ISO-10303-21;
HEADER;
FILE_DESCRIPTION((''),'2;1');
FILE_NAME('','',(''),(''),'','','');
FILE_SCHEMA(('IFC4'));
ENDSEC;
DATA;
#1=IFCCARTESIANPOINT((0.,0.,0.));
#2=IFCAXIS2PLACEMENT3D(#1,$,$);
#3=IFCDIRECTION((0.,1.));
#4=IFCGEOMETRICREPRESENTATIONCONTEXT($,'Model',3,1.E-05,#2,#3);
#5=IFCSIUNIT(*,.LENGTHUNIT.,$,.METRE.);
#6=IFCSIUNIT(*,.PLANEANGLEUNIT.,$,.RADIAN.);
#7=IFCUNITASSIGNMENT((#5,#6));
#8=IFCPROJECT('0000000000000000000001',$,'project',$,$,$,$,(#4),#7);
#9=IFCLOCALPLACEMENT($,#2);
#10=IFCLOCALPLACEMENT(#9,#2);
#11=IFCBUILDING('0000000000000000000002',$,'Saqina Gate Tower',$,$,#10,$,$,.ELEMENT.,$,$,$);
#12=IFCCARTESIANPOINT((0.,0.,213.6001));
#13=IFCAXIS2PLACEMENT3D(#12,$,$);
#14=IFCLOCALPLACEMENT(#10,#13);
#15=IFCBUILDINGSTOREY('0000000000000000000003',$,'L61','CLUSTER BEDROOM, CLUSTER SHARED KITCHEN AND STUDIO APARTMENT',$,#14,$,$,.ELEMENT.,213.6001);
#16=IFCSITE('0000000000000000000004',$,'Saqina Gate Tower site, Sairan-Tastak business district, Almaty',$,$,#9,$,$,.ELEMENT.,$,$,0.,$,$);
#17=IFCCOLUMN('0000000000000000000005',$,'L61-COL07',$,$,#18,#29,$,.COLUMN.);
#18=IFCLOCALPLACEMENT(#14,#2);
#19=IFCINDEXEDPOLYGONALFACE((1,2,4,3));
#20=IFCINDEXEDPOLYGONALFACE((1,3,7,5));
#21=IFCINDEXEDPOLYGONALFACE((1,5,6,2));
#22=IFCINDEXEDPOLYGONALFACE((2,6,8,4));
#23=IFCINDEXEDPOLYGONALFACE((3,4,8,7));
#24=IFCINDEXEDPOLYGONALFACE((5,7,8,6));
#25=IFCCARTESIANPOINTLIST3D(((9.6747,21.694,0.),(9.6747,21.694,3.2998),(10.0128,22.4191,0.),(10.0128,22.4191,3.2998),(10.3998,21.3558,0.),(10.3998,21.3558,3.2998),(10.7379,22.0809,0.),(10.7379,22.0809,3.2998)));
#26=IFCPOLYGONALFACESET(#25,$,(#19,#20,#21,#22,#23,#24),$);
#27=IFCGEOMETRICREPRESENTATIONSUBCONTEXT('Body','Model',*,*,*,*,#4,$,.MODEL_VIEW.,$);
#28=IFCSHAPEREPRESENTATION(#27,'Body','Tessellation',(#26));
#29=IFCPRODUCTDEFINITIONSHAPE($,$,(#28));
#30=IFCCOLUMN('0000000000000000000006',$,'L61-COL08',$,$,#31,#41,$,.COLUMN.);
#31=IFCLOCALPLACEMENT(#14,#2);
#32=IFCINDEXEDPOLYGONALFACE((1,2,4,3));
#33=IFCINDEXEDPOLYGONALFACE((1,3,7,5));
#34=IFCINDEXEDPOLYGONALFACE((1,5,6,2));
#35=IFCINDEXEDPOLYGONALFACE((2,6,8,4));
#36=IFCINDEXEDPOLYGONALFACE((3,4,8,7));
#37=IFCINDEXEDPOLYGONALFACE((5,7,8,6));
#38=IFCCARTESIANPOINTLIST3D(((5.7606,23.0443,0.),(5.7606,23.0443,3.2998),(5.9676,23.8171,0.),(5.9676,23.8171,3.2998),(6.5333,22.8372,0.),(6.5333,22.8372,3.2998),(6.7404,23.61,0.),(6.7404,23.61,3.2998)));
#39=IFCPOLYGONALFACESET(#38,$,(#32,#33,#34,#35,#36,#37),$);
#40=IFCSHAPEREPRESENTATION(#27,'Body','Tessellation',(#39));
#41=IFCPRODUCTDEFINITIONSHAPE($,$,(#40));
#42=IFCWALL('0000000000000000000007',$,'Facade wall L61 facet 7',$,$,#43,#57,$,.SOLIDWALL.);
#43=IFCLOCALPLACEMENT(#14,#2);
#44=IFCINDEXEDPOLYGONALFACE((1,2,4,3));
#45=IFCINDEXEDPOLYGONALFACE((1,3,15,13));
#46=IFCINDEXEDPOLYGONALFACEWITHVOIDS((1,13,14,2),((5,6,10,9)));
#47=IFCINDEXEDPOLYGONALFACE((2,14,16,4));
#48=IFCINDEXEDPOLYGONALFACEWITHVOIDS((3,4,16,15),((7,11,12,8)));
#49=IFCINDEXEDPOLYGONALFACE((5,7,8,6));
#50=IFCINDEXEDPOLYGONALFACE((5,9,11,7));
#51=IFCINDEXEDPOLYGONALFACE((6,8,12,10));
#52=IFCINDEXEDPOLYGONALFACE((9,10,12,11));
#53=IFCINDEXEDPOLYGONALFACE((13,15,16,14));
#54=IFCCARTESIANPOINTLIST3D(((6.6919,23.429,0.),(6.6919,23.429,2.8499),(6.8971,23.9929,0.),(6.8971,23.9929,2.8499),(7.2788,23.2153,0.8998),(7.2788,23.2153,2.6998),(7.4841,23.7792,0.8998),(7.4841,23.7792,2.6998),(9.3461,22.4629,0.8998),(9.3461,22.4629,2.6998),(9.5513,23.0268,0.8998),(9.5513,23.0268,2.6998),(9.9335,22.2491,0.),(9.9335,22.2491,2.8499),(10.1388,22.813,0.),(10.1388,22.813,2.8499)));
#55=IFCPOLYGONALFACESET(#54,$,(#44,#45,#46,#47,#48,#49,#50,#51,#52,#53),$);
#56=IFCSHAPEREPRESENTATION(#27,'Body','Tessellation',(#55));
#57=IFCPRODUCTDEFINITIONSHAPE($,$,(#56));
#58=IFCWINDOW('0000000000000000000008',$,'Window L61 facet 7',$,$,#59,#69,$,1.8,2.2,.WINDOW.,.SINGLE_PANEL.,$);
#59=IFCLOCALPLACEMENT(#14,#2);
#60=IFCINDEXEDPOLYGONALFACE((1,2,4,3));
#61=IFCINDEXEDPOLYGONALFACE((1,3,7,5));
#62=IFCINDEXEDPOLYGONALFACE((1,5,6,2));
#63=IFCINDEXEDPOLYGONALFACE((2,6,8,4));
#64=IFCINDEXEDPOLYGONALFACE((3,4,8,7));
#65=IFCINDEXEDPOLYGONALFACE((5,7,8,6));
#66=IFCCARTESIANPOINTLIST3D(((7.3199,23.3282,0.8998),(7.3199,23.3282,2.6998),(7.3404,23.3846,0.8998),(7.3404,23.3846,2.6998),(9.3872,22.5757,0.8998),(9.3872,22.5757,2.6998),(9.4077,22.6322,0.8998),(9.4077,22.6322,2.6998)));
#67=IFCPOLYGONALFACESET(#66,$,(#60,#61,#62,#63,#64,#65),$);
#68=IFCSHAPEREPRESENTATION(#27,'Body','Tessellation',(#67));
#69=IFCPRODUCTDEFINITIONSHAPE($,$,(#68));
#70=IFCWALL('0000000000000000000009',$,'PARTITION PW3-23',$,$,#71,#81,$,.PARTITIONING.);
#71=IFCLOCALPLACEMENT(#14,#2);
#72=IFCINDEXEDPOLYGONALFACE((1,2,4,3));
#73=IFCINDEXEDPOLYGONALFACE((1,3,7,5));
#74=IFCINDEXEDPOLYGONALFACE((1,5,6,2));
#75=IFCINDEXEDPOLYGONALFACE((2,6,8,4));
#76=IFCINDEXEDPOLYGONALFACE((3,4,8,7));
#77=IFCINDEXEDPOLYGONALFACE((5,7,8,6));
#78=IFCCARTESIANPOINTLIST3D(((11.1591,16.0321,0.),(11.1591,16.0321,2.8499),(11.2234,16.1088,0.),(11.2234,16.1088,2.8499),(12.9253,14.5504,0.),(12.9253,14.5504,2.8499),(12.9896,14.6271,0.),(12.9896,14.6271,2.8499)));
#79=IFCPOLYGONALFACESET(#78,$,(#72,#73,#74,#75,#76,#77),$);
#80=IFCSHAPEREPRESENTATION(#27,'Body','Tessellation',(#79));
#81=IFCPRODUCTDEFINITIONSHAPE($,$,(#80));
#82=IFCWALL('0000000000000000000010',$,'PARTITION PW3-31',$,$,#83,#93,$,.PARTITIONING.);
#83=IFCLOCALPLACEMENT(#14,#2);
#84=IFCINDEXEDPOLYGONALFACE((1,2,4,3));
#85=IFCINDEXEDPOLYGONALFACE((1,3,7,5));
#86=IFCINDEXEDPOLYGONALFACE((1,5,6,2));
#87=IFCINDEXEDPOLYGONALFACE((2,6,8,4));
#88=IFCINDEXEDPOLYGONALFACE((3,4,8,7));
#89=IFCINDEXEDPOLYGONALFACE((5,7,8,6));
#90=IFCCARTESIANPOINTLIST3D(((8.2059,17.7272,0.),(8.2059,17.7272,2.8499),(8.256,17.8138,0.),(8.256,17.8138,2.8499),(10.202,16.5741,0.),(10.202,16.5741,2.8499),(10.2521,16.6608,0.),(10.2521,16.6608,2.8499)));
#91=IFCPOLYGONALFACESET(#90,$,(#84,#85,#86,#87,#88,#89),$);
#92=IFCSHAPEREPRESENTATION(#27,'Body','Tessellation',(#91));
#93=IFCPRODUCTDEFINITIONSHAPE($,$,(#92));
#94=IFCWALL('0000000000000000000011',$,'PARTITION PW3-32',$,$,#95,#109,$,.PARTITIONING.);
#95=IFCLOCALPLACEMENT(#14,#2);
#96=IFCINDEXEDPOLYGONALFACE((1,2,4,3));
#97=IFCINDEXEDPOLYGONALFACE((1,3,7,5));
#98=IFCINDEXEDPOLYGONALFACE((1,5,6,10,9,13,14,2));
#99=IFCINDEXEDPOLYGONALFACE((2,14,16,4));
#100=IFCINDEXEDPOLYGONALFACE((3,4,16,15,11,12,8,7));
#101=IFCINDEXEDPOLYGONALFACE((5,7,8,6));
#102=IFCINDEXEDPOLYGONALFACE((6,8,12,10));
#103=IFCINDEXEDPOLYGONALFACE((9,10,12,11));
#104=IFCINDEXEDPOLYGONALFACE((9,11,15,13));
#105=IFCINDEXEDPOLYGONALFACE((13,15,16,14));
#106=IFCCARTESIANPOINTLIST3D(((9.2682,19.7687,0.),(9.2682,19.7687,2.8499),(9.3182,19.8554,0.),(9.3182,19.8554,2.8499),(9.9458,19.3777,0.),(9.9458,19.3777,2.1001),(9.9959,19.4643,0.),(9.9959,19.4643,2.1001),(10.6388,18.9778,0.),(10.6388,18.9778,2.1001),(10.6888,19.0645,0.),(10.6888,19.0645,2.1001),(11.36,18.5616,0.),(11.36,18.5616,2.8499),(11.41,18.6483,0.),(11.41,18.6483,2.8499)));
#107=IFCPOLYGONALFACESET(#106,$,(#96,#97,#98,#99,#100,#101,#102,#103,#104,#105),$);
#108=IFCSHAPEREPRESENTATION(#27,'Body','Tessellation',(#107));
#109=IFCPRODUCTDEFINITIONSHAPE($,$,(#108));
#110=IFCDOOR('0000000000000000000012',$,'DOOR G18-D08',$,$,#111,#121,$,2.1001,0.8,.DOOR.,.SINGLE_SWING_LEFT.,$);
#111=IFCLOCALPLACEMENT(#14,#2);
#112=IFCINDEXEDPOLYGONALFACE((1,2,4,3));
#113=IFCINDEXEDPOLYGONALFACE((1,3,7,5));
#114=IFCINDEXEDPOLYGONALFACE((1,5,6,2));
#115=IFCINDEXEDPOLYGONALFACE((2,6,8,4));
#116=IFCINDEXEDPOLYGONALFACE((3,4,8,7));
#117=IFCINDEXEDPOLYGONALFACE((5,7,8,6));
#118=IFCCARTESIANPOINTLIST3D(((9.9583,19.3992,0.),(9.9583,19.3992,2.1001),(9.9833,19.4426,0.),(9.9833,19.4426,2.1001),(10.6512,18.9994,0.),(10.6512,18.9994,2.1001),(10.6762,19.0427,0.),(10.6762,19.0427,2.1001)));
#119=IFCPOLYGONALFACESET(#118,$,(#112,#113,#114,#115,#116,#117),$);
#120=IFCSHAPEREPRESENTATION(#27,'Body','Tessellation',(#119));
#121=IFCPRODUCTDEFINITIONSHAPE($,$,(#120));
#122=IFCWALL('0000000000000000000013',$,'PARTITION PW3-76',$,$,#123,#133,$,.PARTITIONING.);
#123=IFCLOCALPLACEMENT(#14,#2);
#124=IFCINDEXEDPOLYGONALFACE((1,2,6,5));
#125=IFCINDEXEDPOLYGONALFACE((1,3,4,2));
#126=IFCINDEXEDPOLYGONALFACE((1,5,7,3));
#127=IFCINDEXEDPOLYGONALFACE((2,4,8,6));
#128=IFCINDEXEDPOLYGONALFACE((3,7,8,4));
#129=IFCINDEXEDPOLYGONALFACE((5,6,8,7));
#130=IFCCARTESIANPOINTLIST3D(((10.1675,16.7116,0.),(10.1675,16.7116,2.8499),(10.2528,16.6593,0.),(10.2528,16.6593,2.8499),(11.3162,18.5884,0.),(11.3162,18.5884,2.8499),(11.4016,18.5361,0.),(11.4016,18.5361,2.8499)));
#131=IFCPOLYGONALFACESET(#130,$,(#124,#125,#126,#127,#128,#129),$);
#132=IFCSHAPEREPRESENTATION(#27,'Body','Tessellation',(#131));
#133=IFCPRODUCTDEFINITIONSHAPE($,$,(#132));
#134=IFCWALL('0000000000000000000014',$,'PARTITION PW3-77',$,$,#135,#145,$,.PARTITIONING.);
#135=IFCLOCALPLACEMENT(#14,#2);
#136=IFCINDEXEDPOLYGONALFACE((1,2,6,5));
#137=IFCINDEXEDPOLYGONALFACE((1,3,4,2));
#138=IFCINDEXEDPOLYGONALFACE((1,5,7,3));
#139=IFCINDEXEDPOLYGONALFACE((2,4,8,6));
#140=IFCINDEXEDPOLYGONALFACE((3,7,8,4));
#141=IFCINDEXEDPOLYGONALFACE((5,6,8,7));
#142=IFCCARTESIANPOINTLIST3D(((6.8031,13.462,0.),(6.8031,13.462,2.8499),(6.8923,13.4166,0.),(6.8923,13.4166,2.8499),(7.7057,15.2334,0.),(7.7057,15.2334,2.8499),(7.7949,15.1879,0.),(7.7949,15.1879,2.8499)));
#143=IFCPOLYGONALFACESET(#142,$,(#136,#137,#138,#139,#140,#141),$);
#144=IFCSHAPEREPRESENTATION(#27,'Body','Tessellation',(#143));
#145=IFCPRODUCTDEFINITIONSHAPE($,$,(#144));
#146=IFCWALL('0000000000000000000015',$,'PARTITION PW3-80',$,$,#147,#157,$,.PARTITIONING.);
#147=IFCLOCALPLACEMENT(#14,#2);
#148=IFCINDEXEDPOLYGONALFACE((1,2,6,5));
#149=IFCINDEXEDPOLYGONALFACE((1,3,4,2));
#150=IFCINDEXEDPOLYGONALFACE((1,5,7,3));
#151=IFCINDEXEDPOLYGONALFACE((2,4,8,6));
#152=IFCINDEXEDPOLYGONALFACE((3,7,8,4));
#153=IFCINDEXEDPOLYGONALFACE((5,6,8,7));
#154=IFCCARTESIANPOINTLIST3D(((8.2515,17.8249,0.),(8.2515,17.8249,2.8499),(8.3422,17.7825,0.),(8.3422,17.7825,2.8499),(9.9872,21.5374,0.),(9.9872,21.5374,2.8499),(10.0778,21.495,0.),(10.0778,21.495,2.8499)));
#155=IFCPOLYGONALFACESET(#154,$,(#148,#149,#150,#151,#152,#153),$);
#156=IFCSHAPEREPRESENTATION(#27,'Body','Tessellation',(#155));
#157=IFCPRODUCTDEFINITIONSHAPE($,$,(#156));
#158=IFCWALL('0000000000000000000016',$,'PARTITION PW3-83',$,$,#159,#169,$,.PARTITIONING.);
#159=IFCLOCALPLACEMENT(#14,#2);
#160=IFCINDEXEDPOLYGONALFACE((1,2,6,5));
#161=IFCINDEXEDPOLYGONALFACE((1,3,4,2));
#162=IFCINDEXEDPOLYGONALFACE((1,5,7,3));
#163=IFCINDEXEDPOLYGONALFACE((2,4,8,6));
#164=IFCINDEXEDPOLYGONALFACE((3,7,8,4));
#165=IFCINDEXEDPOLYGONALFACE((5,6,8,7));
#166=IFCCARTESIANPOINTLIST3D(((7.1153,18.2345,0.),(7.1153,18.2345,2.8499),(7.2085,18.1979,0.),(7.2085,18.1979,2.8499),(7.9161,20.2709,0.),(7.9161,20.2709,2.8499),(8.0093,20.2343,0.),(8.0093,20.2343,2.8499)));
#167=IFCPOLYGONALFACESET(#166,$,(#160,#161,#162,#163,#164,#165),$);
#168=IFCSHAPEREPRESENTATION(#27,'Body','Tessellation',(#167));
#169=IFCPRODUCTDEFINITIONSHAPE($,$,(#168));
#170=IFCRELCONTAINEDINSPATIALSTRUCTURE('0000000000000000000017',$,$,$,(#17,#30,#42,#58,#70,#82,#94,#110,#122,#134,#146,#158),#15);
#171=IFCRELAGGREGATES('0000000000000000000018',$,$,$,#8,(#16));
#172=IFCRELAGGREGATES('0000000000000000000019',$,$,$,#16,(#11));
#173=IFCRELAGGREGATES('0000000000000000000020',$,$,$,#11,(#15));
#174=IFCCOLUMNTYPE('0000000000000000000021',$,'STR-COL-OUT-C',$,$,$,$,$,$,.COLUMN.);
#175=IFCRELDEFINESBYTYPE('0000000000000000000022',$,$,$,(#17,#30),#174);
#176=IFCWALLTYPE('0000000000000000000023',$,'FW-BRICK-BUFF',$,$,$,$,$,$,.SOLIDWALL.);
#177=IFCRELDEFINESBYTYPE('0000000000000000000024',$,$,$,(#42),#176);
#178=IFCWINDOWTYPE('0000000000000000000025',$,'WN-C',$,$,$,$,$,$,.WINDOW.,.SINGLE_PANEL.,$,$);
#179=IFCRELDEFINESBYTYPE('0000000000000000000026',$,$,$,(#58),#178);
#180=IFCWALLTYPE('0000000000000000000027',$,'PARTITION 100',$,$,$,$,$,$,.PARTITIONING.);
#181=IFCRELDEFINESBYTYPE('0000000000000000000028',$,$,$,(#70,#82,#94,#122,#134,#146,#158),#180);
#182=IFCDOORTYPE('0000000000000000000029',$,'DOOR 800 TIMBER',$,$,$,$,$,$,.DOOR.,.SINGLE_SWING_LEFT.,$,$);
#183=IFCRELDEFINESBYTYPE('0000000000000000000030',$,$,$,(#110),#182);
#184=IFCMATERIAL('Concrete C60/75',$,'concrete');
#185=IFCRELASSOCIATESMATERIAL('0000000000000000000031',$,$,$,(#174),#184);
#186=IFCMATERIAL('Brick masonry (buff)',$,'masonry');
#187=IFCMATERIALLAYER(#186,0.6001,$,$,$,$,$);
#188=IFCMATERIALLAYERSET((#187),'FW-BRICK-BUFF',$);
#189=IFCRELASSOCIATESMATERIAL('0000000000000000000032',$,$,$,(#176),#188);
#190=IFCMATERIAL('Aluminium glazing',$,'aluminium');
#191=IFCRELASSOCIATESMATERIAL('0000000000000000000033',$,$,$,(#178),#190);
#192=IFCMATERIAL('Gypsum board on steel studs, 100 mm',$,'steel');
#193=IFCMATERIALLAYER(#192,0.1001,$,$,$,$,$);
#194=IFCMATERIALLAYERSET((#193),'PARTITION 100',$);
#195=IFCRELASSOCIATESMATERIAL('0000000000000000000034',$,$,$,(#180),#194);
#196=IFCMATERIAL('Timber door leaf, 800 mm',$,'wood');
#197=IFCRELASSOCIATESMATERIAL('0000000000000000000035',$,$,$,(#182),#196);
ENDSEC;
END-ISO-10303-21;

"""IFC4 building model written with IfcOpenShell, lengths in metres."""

from ifc_helpers import new_model, si_unit, direction, frame, frame_2d, origin, origin_2d, place, context, subcontext, project, spatial, rectangle, extrude, material, layer, layer_set, material_profile, profile_set, type_object, element, fill, save


model = new_model("IFC4")

# Units and contexts
model_context = context("Model", 3, precision=1e-05, world=origin(), true_north=direction((0.0, 1.0)))
body_context = subcontext(model_context, "Body", "Model", "MODEL_VIEW")
ifc_project = project(units=[si_unit("LENGTHUNIT", "METRE"), si_unit("PLANEANGLEUNIT", "RADIAN")], contexts=[model_context])

# Site, building, storey
site_placement = place(None, origin())
site = spatial("IfcSite", under=ifc_project, at=site_placement, Name="Saqina Gate Tower site, Sairan-Tastak business district, Almaty", CompositionType="ELEMENT", RefElevation=0.0)
building_placement = place(site_placement, origin())
building = spatial("IfcBuilding", under=site, at=building_placement, Name="Saqina Gate Tower", CompositionType="ELEMENT")
storey_placement = place(building_placement, frame((0.0, 0.0, 213.6001)))
storey = spatial("IfcBuildingStorey", under=building, at=storey_placement, Name="L61", Description="CLUSTER BEDROOM, CLUSTER SHARED KITCHEN AND STUDIO APARTMENT", CompositionType="ELEMENT", Elevation=213.6001)

# Columns
ifc_material_1 = material(Name="Concrete C60/75", Category="concrete")
ifc_material_profile = material_profile(ifc_material_1, rectangle(XDim=0.8, YDim=0.8, at=origin_2d()), Name="RC 800x800")
ifc_profile_set = profile_set([ifc_material_profile], Name="Concrete C60/75")
column_type = type_object("IfcColumnType", Name="STR-COL-OUT-C", PredefinedType="COLUMN", material=ifc_profile_set)
for number, where, z_axis, x_axis, name in (
    (1, (10.2063, 21.8875, 0.0), (0.0, 0.0, 1.0), (0.422618, 0.906308, 0.0), "L61-COL07"),
    (2, (6.2505, 23.3271, 0.0), (0.0, 0.0, 1.0), (0.258819, 0.965926, 0.0), "L61-COL08"),
):
    element("IfcColumn", number, at=place(storey_placement, frame(where, z_axis=z_axis, x_axis=x_axis)), inside=storey, type_object=column_type, Name=name, PredefinedType="COLUMN", context=body_context, shape_type="SweptSolid", body=[
        extrude(rectangle(XDim=0.8, YDim=0.8, at=origin_2d()), origin(), (0.0, 0.0, 1.0), 3.2998),
    ])

# Wall, opening, window
ifc_material_2 = material(Name="Brick masonry (buff)", Category="masonry")
ifc_layer_1 = layer(ifc_material_2, 0.6001)
ifc_layer_set_1 = layer_set([ifc_layer_1], Name="FW-BRICK-BUFF")
wall_type_1 = type_object("IfcWallType", Name="FW-BRICK-BUFF", PredefinedType="SOLIDWALL", material=ifc_layer_set_1)
wall_1_placement = place(storey_placement, frame((10.0361, 22.531, 0.0), z_axis=(0.0, 0.0, 1.0), x_axis=(-0.939688, 0.342033, 0.0)))
wall_1 = element("IfcWall", 3, at=wall_1_placement, inside=storey, type_object=wall_type_1, Name="Facade wall L61 facet 7", PredefinedType="SOLIDWALL", context=body_context, shape_type="SweptSolid", body=[
    extrude(rectangle(XDim=3.4497, YDim=0.6001, at=frame_2d((1.7249, 0.0))), origin(), (0.0, 0.0, 1.0), 2.8499),
])
opening_1_placement = place(wall_1_placement, frame((0.625, 0.0, 0.8999)))
opening_1 = element("IfcOpeningElement", 4, at=opening_1_placement, cuts=wall_1, PredefinedType="OPENING", context=body_context, shape_type="SweptSolid", body=[
    extrude(rectangle(XDim=2.2, YDim=1.8, at=frame_2d((1.1001, 0.8999))), frame((0.0, 0.312, 0.0), z_axis=(0.0, -1.0, 0.0), x_axis=(1.0, 0.0, 0.0)), (0.0, 0.0, 1.0), 0.624),
])
ifc_material_3 = material(Name="Aluminium glazing", Category="aluminium")
window_type = type_object("IfcWindowType", Name="WN-C", PartitioningType="SINGLE_PANEL", PredefinedType="WINDOW", material=ifc_material_3)
window_placement = place(opening_1_placement, origin())
window = element("IfcWindow", 5, at=window_placement, inside=storey, type_object=window_type, Name="Window L61 facet 7", OverallHeight=1.8, OverallWidth=2.2, PartitioningType="SINGLE_PANEL", PredefinedType="WINDOW", context=body_context, shape_type="SweptSolid", body=[
    extrude(rectangle(XDim=2.2, YDim=1.8, at=frame_2d((1.1001, 0.8999))), frame((0.0, 0.1799, 0.0), z_axis=(0.0, -1.0, 0.0), x_axis=(1.0, 0.0, 0.0)), (0.0, 0.0, 1.0), 0.0601),
])
fill(opening_1, window)

# Walls
ifc_material_4 = material(Name="Gypsum board on steel studs, 100 mm", Category="steel")
ifc_layer_2 = layer(ifc_material_4, 0.1001)
ifc_layer_set_2 = layer_set([ifc_layer_2], Name="PARTITION 100")
wall_type_2 = type_object("IfcWallType", Name="PARTITION 100", PredefinedType="PARTITIONING", material=ifc_layer_set_2)
wall_2_placement = place(storey_placement, frame((11.1912, 16.0706, 0.0), z_axis=(0.0, 0.0, 1.0), x_axis=(0.766099, -0.642723, 0.0)))
element("IfcWall", 6, at=wall_2_placement, inside=storey, type_object=wall_type_2, Name="PARTITION PW3-23", PredefinedType="PARTITIONING", context=body_context, shape_type="SweptSolid", body=[
    extrude(rectangle(XDim=2.3054, YDim=0.1001, at=frame_2d((1.1528, 0.0))), origin(), (0.0, 0.0, 1.0), 2.8499),
])
wall_3_placement = place(storey_placement, frame((8.231, 17.7705, 0.0), z_axis=(0.0, 0.0, 1.0), x_axis=(0.865907, -0.500205, 0.0)))
element("IfcWall", 7, at=wall_3_placement, inside=storey, type_object=wall_type_2, Name="PARTITION PW3-31", PredefinedType="PARTITIONING", context=body_context, shape_type="SweptSolid", body=[
    extrude(rectangle(XDim=2.3052, YDim=0.1001, at=frame_2d((1.1526, 0.0))), origin(), (0.0, 0.0, 1.0), 2.8499),
])

# Wall, opening, door
wall_4_placement = place(storey_placement, frame((9.2932, 19.812, 0.0), z_axis=(0.0, 0.0, 1.0), x_axis=(0.866145, -0.499792, 0.0)))
wall_4 = element("IfcWall", 8, at=wall_4_placement, inside=storey, type_object=wall_type_2, Name="PARTITION PW3-32", PredefinedType="PARTITIONING", context=body_context, shape_type="SweptSolid", body=[
    extrude(rectangle(XDim=2.415, YDim=0.1001, at=frame_2d((1.2075, 0.0))), origin(), (0.0, 0.0, 1.0), 2.8499),
])
opening_2_placement = place(wall_4_placement, frame((0.7825, 0.0, 0.0)))
opening_2 = element("IfcOpeningElement", 9, at=opening_2_placement, cuts=wall_4, PredefinedType="OPENING", context=body_context, shape_type="SweptSolid", body=[
    extrude(rectangle(XDim=0.8, YDim=2.1001, at=frame_2d((0.3999, 1.05))), frame((0.0, 0.062, 0.0), z_axis=(0.0, -1.0, 0.0), x_axis=(1.0, 0.0, 0.0)), (0.0, 0.0, 1.0), 0.124),
])
ifc_material_5 = material(Name="Timber door leaf, 800 mm", Category="wood")
door_type_1 = type_object("IfcDoorType", Name="DOOR 800 TIMBER", OperationType="SINGLE_SWING_LEFT", PredefinedType="DOOR", material=ifc_material_5)
door_1_placement = place(opening_2_placement, origin())
door_1 = element("IfcDoor", 10, at=door_1_placement, inside=storey, type_object=door_type_1, Name="DOOR G18-D08", OperationType="SINGLE_SWING_LEFT", OverallHeight=2.1001, OverallWidth=0.8, PredefinedType="DOOR", context=body_context, shape_type="SweptSolid", body=[
    extrude(rectangle(XDim=0.8, YDim=2.1001, at=frame_2d((0.3999, 1.05))), frame((0.0, 0.0249, 0.0), z_axis=(0.0, -1.0, 0.0), x_axis=(1.0, 0.0, 0.0)), (0.0, 0.0, 1.0), 0.05),
])
fill(opening_2, door_1)

# Walls
wall_5_placement = place(storey_placement, frame((10.2102, 16.6855, 0.0), z_axis=(0.0, 0.0, 1.0), x_axis=(0.522047, 0.852917, 0.0)))
element("IfcWall", 11, at=wall_5_placement, inside=storey, type_object=wall_type_2, Name="PARTITION PW3-76", PredefinedType="PARTITIONING", context=body_context, shape_type="SweptSolid", body=[
    extrude(rectangle(XDim=2.2004, YDim=0.1001, at=frame_2d((1.1001, 0.0))), origin(), (0.0, 0.0, 1.0), 2.8499),
])
wall_6_placement = place(storey_placement, frame((6.8477, 13.4392, 0.0), z_axis=(0.0, 0.0, 1.0), x_axis=(0.454029, 0.890987, 0.0)))
element("IfcWall", 12, at=wall_6_placement, inside=storey, type_object=wall_type_2, Name="PARTITION PW3-77", PredefinedType="PARTITIONING", context=body_context, shape_type="SweptSolid", body=[
    extrude(rectangle(XDim=1.988, YDim=0.1001, at=frame_2d((0.9941, 0.0))), origin(), (0.0, 0.0, 1.0), 2.8499),
])
wall_7_placement = place(storey_placement, frame((8.2969, 17.8037, 0.0), z_axis=(0.0, 0.0, 1.0), x_axis=(0.423515, 0.905889, 0.0)))
element("IfcWall", 13, at=wall_7_placement, inside=storey, type_object=wall_type_2, Name="PARTITION PW3-80", PredefinedType="PARTITIONING", context=body_context, shape_type="SweptSolid", body=[
    extrude(rectangle(XDim=4.0981, YDim=0.1001, at=frame_2d((2.0491, 0.0))), origin(), (0.0, 0.0, 1.0), 2.8499),
])
wall_8_placement = place(storey_placement, frame((7.1619, 18.2161, 0.0), z_axis=(0.0, 0.0, 1.0), x_axis=(0.36596, 0.930631, 0.0)))
element("IfcWall", 14, at=wall_8_placement, inside=storey, type_object=wall_type_2, Name="PARTITION PW3-83", PredefinedType="PARTITIONING", context=body_context, shape_type="SweptSolid", body=[
    extrude(rectangle(XDim=2.1882, YDim=0.1001, at=frame_2d((1.0942, 0.0))), origin(), (0.0, 0.0, 1.0), 2.8499),
])

save(model, "model.ifc")
